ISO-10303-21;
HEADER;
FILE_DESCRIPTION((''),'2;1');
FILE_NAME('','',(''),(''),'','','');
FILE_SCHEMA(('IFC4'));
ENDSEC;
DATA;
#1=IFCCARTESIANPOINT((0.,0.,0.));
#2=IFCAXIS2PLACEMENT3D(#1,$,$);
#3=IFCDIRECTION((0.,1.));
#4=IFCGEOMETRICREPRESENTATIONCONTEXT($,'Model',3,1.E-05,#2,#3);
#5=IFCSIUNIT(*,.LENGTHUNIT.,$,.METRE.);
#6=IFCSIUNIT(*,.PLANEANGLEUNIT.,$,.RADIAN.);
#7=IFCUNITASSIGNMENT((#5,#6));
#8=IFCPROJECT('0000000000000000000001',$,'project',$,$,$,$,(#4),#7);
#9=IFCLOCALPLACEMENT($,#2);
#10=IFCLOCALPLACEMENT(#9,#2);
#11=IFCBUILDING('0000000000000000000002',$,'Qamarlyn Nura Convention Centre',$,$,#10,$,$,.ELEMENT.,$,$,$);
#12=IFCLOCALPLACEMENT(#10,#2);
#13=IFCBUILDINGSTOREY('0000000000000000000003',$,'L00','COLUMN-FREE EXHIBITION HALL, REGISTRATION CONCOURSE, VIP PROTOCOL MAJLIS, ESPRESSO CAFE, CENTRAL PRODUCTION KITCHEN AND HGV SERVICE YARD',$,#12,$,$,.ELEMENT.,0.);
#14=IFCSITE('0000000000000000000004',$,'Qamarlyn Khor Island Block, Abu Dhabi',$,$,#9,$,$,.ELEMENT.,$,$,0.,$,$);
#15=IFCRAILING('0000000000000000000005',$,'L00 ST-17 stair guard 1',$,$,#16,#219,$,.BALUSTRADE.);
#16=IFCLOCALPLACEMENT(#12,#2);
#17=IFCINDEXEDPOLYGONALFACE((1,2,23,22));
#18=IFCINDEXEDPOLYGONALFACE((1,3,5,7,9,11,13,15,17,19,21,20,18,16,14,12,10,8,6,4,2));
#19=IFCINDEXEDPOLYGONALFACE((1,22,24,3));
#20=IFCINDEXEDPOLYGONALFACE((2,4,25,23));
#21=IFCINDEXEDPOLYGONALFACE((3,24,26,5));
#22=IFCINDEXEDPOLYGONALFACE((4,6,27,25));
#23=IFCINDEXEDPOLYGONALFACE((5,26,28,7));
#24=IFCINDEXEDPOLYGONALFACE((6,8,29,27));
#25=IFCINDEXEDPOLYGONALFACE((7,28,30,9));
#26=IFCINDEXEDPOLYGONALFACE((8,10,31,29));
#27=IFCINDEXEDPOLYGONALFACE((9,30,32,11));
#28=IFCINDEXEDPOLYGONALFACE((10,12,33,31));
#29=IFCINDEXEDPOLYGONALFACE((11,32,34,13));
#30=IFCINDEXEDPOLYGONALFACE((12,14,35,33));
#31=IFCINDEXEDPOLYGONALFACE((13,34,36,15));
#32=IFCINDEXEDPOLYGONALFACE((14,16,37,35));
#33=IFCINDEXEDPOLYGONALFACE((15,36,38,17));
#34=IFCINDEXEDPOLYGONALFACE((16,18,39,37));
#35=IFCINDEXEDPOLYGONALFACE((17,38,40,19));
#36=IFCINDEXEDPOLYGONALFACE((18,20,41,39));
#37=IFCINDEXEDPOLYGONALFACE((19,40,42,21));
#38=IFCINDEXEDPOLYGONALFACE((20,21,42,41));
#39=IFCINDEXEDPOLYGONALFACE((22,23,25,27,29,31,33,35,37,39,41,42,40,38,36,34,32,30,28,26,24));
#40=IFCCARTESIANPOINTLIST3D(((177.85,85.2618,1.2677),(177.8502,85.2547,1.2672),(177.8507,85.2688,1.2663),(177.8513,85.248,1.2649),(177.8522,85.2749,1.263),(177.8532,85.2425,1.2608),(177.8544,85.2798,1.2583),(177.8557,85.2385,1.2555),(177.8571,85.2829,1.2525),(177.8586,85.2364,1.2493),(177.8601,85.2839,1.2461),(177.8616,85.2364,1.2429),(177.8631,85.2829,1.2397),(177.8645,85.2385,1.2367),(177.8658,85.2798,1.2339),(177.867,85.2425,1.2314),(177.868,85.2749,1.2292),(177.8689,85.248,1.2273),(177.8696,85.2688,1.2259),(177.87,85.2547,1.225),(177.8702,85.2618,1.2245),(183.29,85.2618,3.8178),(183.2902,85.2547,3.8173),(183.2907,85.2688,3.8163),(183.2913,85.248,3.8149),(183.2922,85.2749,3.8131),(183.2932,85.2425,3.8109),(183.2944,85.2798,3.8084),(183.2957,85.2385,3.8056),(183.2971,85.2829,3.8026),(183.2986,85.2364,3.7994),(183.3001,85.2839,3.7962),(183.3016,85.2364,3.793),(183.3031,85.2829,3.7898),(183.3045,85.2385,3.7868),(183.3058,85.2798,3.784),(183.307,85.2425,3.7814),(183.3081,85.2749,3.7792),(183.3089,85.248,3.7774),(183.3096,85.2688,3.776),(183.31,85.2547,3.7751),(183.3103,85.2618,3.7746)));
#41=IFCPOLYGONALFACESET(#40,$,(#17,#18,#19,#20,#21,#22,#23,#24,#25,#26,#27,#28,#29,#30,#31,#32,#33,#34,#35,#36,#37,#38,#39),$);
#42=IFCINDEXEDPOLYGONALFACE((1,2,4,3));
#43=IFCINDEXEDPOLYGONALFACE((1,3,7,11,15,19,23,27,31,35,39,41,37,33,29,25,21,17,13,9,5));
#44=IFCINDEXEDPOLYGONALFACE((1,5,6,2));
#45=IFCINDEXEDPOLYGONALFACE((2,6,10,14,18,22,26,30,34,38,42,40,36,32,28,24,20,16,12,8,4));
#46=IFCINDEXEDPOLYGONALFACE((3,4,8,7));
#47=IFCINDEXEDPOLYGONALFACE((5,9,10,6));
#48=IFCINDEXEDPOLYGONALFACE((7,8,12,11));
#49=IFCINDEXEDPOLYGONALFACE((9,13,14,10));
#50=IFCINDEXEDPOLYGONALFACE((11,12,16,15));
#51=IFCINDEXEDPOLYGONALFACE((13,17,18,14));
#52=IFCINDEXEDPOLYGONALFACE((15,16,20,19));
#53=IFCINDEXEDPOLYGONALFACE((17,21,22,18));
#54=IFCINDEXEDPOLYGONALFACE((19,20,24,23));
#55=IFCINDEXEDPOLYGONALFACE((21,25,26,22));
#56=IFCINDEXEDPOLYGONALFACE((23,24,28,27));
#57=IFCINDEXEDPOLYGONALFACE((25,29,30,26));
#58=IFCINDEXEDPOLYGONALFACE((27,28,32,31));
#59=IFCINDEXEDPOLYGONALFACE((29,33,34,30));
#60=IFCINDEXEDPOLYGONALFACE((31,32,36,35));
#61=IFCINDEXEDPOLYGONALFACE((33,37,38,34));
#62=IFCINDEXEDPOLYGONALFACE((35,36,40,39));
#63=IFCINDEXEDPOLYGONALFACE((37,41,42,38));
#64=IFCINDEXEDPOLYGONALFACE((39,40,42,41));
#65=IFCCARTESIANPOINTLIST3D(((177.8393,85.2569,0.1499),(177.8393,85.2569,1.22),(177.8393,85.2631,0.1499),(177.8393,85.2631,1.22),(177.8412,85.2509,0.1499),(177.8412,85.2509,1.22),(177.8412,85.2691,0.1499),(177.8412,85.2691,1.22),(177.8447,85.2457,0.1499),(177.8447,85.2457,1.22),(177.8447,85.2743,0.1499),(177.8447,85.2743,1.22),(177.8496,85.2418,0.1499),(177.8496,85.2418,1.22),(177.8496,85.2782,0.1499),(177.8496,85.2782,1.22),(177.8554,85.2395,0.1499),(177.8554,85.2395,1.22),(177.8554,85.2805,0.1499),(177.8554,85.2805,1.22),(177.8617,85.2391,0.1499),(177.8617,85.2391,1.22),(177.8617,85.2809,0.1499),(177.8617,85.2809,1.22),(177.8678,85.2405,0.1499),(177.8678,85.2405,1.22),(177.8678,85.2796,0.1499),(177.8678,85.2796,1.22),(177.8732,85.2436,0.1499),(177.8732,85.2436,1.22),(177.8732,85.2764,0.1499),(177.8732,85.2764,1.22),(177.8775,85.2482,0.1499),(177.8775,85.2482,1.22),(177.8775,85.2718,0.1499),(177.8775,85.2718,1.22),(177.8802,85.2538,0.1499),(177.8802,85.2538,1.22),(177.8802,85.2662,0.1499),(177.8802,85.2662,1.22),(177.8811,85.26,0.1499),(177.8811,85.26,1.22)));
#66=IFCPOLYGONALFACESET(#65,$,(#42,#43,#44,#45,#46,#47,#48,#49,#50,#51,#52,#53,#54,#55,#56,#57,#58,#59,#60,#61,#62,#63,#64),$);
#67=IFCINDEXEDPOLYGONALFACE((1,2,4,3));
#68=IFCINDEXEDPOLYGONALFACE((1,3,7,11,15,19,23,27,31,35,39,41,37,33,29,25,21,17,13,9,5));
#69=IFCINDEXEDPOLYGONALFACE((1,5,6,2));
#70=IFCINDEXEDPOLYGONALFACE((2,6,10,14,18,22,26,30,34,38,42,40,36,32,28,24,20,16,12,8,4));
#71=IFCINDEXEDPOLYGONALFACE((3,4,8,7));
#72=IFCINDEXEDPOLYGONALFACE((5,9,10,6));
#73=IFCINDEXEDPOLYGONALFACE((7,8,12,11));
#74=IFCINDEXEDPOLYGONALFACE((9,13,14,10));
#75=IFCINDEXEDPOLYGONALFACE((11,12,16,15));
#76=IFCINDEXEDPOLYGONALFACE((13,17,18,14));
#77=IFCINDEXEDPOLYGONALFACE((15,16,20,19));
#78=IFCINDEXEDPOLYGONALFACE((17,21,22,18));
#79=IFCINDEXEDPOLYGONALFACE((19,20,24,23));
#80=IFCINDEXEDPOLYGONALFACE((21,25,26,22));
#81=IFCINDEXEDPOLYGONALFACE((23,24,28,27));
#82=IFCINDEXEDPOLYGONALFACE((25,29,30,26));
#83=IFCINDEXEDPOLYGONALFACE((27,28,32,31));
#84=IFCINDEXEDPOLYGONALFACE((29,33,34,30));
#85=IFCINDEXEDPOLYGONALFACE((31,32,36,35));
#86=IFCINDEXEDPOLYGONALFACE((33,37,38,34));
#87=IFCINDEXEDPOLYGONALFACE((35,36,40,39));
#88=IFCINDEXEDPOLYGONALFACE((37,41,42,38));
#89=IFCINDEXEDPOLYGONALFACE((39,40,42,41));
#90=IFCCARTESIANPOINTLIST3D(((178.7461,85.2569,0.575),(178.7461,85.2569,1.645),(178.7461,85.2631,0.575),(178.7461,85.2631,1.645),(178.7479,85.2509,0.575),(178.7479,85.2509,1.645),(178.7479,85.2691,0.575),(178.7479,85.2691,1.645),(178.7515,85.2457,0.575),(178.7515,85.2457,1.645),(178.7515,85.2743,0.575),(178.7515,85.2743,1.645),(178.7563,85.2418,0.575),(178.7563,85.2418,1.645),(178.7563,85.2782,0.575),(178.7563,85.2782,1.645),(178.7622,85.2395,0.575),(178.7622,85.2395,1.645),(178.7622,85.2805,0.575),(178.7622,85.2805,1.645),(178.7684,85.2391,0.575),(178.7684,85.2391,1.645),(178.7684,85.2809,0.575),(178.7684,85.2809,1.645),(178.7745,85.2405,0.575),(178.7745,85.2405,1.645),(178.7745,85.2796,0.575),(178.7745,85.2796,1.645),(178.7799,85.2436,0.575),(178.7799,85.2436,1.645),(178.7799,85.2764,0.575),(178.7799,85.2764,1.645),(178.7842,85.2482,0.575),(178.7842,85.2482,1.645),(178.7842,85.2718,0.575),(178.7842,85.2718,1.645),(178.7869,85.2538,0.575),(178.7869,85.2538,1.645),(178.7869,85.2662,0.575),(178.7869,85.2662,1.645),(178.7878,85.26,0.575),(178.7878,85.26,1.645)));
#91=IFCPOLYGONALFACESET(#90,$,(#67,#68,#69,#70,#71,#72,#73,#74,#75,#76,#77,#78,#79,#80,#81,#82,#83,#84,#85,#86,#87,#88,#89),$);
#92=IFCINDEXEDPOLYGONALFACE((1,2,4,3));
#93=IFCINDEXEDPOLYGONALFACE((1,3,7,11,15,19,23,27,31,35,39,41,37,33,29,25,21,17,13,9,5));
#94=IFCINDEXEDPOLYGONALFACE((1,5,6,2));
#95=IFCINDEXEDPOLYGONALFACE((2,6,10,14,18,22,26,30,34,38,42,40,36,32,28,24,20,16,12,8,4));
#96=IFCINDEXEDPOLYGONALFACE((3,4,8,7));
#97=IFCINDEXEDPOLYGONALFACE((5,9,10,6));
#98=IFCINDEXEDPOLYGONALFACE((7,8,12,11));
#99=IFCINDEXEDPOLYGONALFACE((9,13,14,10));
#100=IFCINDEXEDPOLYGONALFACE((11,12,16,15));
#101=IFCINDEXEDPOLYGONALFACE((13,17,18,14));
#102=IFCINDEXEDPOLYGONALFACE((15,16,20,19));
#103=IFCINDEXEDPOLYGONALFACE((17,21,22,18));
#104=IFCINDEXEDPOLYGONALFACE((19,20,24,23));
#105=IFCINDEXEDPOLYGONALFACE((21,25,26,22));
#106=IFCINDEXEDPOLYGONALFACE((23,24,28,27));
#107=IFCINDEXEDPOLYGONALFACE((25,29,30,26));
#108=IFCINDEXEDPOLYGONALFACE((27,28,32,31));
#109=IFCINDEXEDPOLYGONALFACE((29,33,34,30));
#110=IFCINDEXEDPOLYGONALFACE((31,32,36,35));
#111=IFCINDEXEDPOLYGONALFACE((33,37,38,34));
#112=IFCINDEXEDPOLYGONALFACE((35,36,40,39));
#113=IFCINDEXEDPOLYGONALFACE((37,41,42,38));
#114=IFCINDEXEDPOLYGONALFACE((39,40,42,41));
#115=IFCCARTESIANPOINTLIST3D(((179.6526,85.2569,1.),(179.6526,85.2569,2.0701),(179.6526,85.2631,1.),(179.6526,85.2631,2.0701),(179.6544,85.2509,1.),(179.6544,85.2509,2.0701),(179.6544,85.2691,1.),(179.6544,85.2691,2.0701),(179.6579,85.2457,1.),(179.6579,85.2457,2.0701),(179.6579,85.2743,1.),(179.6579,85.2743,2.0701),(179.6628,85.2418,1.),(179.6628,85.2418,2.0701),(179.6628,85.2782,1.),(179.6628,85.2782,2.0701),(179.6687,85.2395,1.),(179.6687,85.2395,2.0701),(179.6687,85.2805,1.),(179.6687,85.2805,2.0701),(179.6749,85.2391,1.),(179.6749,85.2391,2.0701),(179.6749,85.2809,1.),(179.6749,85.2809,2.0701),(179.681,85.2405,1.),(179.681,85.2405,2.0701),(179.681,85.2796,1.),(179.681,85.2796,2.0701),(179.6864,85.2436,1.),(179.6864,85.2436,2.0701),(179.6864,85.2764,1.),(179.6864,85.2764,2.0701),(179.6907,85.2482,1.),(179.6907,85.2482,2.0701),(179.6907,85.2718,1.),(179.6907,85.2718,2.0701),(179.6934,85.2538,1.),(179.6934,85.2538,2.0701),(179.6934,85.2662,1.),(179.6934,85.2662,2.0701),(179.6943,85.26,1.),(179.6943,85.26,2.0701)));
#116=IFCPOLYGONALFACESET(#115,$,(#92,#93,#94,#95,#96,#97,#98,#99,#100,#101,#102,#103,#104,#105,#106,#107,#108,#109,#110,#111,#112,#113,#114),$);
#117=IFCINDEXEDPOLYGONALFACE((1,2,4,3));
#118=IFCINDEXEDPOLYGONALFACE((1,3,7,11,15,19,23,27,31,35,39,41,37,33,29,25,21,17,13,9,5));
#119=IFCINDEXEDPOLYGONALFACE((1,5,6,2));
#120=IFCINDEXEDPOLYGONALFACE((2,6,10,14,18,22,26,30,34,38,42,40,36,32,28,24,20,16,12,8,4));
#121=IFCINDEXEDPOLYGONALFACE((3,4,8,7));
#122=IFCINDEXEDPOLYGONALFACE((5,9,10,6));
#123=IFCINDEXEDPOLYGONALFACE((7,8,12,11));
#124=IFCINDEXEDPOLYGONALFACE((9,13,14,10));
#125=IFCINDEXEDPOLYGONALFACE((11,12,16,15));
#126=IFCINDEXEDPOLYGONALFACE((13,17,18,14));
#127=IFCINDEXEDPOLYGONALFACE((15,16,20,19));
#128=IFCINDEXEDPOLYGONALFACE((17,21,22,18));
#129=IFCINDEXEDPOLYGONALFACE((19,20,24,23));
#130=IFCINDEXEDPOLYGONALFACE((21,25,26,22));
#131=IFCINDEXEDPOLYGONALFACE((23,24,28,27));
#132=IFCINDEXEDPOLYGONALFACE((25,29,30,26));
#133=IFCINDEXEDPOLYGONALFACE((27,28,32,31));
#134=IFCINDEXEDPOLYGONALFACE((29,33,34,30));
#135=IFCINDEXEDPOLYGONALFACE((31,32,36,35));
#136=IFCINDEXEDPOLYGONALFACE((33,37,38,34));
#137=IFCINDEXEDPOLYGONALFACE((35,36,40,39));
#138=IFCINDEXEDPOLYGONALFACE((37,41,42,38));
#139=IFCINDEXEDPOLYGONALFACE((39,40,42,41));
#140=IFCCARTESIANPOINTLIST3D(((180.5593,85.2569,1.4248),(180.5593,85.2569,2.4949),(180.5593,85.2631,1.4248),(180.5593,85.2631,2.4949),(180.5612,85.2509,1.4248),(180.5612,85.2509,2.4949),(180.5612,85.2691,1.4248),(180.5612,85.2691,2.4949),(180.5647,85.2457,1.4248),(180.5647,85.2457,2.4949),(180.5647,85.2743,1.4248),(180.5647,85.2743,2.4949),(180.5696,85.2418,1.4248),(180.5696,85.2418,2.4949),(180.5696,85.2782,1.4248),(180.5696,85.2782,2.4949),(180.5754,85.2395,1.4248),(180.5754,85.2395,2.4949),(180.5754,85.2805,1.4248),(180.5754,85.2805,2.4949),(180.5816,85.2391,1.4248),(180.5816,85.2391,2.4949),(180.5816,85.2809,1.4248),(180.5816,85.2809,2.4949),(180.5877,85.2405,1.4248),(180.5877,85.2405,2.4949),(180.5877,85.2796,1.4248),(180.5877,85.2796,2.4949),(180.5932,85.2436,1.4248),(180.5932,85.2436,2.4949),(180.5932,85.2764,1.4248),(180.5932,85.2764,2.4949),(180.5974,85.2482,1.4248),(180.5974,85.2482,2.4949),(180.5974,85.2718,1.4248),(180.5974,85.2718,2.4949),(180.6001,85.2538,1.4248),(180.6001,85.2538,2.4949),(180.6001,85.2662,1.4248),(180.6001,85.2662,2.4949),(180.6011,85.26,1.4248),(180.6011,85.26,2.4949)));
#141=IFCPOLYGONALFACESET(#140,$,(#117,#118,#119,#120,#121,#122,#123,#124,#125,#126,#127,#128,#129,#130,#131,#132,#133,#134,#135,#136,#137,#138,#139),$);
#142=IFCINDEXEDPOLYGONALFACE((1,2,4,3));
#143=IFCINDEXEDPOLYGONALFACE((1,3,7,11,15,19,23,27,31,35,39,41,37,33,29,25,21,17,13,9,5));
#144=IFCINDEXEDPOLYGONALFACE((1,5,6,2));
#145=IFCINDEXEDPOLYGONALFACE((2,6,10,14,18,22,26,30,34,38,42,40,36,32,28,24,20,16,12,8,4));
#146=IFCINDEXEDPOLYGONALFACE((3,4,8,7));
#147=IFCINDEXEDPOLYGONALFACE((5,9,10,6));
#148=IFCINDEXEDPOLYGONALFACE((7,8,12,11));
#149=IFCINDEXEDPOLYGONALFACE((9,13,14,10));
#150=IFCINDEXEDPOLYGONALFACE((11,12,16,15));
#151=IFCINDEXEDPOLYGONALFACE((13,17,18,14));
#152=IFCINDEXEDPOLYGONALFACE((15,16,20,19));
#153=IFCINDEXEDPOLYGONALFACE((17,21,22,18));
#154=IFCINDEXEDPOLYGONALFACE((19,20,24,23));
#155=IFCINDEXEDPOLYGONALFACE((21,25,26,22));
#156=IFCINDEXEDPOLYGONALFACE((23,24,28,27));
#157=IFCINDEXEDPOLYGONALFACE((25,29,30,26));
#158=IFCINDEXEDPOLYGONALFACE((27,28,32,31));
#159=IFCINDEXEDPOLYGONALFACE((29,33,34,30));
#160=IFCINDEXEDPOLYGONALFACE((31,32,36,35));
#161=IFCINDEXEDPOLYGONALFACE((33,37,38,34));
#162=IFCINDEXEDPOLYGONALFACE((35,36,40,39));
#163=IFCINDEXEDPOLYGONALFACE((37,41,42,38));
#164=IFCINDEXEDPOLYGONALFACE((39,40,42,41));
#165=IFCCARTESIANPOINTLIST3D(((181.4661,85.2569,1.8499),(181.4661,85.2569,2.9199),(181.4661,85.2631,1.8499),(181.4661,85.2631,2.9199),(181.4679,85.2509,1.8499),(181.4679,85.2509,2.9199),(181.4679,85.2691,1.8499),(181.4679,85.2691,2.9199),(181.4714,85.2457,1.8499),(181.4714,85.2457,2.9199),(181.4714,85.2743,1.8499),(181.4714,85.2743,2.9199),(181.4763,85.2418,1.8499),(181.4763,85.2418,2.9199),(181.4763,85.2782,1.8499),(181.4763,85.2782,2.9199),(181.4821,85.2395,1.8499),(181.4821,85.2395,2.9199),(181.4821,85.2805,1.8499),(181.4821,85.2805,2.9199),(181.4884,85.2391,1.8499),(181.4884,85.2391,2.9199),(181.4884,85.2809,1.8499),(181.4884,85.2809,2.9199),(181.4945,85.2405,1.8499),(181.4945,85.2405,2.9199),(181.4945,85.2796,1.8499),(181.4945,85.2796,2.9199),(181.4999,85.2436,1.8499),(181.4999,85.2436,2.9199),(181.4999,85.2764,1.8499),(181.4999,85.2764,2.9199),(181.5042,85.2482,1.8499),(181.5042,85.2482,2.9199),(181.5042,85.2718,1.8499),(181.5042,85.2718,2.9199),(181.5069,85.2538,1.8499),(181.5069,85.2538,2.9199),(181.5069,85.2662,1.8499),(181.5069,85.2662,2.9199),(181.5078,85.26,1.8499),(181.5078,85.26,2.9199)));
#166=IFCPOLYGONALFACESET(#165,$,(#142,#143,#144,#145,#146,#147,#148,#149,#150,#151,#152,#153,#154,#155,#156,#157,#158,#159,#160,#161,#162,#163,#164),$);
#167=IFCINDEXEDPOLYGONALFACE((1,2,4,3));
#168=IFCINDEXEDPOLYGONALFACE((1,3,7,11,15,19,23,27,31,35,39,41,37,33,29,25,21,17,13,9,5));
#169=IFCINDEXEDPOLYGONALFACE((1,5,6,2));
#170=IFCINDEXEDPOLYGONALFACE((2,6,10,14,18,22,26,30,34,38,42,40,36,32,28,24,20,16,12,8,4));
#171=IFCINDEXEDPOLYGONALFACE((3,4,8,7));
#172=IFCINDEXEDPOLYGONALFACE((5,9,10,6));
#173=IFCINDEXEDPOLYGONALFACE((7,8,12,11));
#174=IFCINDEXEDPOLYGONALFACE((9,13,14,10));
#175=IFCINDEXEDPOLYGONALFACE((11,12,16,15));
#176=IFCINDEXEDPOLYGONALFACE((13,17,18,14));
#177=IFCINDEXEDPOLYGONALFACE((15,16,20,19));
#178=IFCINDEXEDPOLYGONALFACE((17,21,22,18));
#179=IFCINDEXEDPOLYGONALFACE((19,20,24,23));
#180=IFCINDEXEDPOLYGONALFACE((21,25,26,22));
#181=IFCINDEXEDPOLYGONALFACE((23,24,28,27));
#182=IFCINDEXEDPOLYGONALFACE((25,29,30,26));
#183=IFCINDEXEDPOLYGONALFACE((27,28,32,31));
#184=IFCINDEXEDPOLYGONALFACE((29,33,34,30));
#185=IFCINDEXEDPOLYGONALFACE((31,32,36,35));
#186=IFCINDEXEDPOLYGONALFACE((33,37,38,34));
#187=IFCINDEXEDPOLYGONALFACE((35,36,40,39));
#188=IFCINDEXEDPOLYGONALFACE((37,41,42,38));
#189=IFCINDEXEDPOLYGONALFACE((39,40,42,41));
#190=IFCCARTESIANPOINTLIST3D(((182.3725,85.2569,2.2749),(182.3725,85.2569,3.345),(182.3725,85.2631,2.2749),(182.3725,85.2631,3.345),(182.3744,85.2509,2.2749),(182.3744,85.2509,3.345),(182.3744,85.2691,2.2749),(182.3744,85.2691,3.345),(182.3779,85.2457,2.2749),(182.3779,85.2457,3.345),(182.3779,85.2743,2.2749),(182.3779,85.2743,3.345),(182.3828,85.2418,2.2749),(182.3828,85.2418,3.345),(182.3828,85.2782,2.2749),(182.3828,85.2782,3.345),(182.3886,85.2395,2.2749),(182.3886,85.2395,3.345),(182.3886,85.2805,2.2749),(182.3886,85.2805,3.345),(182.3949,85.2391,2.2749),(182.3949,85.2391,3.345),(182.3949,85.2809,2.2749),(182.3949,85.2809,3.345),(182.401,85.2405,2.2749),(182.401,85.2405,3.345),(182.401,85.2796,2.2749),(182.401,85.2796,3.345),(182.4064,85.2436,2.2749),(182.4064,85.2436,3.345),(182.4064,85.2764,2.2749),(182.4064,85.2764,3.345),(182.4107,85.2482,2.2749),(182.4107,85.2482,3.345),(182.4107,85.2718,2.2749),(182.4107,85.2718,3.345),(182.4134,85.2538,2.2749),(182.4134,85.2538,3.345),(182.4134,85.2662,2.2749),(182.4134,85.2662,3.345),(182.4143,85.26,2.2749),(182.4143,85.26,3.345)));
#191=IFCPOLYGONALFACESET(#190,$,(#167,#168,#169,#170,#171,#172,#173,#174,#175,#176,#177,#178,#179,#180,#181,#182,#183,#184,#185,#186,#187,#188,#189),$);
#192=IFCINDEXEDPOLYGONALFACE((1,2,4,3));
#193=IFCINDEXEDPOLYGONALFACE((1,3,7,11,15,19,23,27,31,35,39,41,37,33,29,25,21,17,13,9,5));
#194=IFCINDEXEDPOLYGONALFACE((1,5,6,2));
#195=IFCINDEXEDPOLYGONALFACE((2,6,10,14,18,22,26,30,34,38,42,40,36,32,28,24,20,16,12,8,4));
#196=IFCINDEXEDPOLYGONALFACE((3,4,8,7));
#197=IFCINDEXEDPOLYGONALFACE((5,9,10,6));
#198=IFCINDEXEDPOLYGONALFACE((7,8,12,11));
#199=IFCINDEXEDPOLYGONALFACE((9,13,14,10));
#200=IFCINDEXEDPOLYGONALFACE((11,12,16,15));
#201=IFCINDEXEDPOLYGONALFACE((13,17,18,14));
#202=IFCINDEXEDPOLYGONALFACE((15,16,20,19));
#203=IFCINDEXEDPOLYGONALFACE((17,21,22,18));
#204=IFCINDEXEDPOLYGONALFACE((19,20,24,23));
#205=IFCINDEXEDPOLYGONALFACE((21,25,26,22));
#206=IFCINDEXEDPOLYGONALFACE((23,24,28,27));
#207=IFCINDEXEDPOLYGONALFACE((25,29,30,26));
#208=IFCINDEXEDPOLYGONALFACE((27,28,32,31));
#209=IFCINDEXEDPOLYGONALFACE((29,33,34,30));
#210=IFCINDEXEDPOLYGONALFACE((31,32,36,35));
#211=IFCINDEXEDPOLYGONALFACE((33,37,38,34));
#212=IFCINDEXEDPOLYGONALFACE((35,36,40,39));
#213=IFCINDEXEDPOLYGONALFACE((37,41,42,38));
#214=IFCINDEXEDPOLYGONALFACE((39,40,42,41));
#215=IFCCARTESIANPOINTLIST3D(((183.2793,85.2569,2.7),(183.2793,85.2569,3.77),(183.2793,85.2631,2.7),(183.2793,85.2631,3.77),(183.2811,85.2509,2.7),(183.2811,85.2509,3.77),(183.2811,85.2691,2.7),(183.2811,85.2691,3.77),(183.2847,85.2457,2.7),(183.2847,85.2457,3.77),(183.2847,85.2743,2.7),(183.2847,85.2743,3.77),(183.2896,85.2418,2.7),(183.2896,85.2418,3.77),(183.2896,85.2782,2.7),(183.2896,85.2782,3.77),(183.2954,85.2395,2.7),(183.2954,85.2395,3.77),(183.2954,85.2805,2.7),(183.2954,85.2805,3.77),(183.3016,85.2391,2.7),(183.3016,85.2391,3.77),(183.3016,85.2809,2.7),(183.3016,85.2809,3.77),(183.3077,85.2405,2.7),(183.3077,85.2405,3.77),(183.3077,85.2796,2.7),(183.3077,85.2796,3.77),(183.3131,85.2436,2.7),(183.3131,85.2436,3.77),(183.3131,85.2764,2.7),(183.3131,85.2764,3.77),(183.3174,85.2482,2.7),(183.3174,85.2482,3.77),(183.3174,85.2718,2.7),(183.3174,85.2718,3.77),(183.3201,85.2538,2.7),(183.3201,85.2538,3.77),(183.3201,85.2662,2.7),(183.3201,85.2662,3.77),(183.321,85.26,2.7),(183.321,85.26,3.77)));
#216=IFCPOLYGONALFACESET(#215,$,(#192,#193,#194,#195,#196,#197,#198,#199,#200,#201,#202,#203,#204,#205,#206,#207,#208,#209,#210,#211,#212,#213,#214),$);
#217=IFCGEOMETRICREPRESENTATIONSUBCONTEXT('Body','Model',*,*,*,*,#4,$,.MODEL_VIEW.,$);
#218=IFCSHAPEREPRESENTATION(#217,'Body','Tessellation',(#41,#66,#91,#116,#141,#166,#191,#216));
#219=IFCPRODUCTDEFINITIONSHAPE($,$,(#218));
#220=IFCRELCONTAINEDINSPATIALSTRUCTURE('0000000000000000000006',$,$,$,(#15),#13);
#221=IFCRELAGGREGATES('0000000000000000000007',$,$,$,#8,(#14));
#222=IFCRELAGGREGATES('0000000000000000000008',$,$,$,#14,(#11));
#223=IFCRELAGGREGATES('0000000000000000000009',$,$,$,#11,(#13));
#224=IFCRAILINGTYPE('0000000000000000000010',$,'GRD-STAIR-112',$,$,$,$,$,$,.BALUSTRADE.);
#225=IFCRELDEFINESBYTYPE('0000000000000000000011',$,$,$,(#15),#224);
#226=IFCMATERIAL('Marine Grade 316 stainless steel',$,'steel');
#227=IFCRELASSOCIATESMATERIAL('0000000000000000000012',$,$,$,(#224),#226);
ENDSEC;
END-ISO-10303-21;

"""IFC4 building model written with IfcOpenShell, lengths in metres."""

from ifc_helpers import new_model, si_unit, direction, frame, origin, origin_2d, place, context, subcontext, project, spatial, circle, extrude, material, type_object, element, save


model = new_model("IFC4")

# Units and contexts
model_context = context("Model", 3, precision=1e-05, world=origin(), true_north=direction((0.0, 1.0)))
body_context = subcontext(model_context, "Body", "Model", "MODEL_VIEW")
ifc_project = project(units=[si_unit("LENGTHUNIT", "METRE"), si_unit("PLANEANGLEUNIT", "RADIAN")], contexts=[model_context])

# Site, building, storey
site_placement = place(None, origin())
site = spatial("IfcSite", under=ifc_project, at=site_placement, Name="Qamarlyn Khor Island Block, Abu Dhabi", CompositionType="ELEMENT", RefElevation=0.0)
building_placement = place(site_placement, origin())
building = spatial("IfcBuilding", under=site, at=building_placement, Name="Qamarlyn Nura Convention Centre", CompositionType="ELEMENT")
storey_placement = place(building_placement, origin())
storey = spatial("IfcBuildingStorey", under=building, at=storey_placement, Name="L00", Description="COLUMN-FREE EXHIBITION HALL, REGISTRATION CONCOURSE, VIP PROTOCOL MAJLIS, ESPRESSO CAFE, CENTRAL PRODUCTION KITCHEN AND HGV SERVICE YARD", CompositionType="ELEMENT", Elevation=0.0)

# Railing
ifc_material_1 = material(Name="Marine Grade 316 stainless steel", Category="steel")
railing_type_1 = type_object("IfcRailingType", Name="GRD-STAIR-112", PredefinedType="BALUSTRADE", material=ifc_material_1)
railing_1_placement = place(storey_placement, frame((177.8601, 85.26, 0.1499)))
element("IfcRailing", 1, at=railing_1_placement, inside=storey, type_object=railing_type_1, Name="L00 ST-17 stair guard 1", PredefinedType="BALUSTRADE", context=body_context, shape_type="SweptSolid", body=[
    extrude(circle(Radius=0.0239, at=origin_2d()), frame((0.0, 0.0, 1.0962), z_axis=(0.905454, 0.0, 0.424444), x_axis=(0.0, 1.0, 0.0)), (0.0, 0.0, 1.0), 6.0081),
    extrude(circle(Radius=0.021, at=origin_2d()), origin(), (0.0, 0.0, 1.0), 1.0701),
    extrude(circle(Radius=0.021, at=origin_2d()), frame((0.9067, 0.0, 0.425)), (0.0, 0.0, 1.0), 1.0701),
    extrude(circle(Radius=0.021, at=origin_2d()), frame((1.8132, 0.0, 0.8501)), (0.0, 0.0, 1.0), 1.0701),
    extrude(circle(Radius=0.021, at=origin_2d()), frame((2.72, 0.0, 1.2749)), (0.0, 0.0, 1.0), 1.0701),
    extrude(circle(Radius=0.021, at=origin_2d()), frame((3.6267, 0.0, 1.7)), (0.0, 0.0, 1.0), 1.0701),
    extrude(circle(Radius=0.021, at=origin_2d()), frame((4.5332, 0.0, 2.125)), (0.0, 0.0, 1.0), 1.0701),
    extrude(circle(Radius=0.021, at=origin_2d()), frame((5.4399, 0.0, 2.55)), (0.0, 0.0, 1.0), 1.0701),
])

save(model, "model.ifc")
